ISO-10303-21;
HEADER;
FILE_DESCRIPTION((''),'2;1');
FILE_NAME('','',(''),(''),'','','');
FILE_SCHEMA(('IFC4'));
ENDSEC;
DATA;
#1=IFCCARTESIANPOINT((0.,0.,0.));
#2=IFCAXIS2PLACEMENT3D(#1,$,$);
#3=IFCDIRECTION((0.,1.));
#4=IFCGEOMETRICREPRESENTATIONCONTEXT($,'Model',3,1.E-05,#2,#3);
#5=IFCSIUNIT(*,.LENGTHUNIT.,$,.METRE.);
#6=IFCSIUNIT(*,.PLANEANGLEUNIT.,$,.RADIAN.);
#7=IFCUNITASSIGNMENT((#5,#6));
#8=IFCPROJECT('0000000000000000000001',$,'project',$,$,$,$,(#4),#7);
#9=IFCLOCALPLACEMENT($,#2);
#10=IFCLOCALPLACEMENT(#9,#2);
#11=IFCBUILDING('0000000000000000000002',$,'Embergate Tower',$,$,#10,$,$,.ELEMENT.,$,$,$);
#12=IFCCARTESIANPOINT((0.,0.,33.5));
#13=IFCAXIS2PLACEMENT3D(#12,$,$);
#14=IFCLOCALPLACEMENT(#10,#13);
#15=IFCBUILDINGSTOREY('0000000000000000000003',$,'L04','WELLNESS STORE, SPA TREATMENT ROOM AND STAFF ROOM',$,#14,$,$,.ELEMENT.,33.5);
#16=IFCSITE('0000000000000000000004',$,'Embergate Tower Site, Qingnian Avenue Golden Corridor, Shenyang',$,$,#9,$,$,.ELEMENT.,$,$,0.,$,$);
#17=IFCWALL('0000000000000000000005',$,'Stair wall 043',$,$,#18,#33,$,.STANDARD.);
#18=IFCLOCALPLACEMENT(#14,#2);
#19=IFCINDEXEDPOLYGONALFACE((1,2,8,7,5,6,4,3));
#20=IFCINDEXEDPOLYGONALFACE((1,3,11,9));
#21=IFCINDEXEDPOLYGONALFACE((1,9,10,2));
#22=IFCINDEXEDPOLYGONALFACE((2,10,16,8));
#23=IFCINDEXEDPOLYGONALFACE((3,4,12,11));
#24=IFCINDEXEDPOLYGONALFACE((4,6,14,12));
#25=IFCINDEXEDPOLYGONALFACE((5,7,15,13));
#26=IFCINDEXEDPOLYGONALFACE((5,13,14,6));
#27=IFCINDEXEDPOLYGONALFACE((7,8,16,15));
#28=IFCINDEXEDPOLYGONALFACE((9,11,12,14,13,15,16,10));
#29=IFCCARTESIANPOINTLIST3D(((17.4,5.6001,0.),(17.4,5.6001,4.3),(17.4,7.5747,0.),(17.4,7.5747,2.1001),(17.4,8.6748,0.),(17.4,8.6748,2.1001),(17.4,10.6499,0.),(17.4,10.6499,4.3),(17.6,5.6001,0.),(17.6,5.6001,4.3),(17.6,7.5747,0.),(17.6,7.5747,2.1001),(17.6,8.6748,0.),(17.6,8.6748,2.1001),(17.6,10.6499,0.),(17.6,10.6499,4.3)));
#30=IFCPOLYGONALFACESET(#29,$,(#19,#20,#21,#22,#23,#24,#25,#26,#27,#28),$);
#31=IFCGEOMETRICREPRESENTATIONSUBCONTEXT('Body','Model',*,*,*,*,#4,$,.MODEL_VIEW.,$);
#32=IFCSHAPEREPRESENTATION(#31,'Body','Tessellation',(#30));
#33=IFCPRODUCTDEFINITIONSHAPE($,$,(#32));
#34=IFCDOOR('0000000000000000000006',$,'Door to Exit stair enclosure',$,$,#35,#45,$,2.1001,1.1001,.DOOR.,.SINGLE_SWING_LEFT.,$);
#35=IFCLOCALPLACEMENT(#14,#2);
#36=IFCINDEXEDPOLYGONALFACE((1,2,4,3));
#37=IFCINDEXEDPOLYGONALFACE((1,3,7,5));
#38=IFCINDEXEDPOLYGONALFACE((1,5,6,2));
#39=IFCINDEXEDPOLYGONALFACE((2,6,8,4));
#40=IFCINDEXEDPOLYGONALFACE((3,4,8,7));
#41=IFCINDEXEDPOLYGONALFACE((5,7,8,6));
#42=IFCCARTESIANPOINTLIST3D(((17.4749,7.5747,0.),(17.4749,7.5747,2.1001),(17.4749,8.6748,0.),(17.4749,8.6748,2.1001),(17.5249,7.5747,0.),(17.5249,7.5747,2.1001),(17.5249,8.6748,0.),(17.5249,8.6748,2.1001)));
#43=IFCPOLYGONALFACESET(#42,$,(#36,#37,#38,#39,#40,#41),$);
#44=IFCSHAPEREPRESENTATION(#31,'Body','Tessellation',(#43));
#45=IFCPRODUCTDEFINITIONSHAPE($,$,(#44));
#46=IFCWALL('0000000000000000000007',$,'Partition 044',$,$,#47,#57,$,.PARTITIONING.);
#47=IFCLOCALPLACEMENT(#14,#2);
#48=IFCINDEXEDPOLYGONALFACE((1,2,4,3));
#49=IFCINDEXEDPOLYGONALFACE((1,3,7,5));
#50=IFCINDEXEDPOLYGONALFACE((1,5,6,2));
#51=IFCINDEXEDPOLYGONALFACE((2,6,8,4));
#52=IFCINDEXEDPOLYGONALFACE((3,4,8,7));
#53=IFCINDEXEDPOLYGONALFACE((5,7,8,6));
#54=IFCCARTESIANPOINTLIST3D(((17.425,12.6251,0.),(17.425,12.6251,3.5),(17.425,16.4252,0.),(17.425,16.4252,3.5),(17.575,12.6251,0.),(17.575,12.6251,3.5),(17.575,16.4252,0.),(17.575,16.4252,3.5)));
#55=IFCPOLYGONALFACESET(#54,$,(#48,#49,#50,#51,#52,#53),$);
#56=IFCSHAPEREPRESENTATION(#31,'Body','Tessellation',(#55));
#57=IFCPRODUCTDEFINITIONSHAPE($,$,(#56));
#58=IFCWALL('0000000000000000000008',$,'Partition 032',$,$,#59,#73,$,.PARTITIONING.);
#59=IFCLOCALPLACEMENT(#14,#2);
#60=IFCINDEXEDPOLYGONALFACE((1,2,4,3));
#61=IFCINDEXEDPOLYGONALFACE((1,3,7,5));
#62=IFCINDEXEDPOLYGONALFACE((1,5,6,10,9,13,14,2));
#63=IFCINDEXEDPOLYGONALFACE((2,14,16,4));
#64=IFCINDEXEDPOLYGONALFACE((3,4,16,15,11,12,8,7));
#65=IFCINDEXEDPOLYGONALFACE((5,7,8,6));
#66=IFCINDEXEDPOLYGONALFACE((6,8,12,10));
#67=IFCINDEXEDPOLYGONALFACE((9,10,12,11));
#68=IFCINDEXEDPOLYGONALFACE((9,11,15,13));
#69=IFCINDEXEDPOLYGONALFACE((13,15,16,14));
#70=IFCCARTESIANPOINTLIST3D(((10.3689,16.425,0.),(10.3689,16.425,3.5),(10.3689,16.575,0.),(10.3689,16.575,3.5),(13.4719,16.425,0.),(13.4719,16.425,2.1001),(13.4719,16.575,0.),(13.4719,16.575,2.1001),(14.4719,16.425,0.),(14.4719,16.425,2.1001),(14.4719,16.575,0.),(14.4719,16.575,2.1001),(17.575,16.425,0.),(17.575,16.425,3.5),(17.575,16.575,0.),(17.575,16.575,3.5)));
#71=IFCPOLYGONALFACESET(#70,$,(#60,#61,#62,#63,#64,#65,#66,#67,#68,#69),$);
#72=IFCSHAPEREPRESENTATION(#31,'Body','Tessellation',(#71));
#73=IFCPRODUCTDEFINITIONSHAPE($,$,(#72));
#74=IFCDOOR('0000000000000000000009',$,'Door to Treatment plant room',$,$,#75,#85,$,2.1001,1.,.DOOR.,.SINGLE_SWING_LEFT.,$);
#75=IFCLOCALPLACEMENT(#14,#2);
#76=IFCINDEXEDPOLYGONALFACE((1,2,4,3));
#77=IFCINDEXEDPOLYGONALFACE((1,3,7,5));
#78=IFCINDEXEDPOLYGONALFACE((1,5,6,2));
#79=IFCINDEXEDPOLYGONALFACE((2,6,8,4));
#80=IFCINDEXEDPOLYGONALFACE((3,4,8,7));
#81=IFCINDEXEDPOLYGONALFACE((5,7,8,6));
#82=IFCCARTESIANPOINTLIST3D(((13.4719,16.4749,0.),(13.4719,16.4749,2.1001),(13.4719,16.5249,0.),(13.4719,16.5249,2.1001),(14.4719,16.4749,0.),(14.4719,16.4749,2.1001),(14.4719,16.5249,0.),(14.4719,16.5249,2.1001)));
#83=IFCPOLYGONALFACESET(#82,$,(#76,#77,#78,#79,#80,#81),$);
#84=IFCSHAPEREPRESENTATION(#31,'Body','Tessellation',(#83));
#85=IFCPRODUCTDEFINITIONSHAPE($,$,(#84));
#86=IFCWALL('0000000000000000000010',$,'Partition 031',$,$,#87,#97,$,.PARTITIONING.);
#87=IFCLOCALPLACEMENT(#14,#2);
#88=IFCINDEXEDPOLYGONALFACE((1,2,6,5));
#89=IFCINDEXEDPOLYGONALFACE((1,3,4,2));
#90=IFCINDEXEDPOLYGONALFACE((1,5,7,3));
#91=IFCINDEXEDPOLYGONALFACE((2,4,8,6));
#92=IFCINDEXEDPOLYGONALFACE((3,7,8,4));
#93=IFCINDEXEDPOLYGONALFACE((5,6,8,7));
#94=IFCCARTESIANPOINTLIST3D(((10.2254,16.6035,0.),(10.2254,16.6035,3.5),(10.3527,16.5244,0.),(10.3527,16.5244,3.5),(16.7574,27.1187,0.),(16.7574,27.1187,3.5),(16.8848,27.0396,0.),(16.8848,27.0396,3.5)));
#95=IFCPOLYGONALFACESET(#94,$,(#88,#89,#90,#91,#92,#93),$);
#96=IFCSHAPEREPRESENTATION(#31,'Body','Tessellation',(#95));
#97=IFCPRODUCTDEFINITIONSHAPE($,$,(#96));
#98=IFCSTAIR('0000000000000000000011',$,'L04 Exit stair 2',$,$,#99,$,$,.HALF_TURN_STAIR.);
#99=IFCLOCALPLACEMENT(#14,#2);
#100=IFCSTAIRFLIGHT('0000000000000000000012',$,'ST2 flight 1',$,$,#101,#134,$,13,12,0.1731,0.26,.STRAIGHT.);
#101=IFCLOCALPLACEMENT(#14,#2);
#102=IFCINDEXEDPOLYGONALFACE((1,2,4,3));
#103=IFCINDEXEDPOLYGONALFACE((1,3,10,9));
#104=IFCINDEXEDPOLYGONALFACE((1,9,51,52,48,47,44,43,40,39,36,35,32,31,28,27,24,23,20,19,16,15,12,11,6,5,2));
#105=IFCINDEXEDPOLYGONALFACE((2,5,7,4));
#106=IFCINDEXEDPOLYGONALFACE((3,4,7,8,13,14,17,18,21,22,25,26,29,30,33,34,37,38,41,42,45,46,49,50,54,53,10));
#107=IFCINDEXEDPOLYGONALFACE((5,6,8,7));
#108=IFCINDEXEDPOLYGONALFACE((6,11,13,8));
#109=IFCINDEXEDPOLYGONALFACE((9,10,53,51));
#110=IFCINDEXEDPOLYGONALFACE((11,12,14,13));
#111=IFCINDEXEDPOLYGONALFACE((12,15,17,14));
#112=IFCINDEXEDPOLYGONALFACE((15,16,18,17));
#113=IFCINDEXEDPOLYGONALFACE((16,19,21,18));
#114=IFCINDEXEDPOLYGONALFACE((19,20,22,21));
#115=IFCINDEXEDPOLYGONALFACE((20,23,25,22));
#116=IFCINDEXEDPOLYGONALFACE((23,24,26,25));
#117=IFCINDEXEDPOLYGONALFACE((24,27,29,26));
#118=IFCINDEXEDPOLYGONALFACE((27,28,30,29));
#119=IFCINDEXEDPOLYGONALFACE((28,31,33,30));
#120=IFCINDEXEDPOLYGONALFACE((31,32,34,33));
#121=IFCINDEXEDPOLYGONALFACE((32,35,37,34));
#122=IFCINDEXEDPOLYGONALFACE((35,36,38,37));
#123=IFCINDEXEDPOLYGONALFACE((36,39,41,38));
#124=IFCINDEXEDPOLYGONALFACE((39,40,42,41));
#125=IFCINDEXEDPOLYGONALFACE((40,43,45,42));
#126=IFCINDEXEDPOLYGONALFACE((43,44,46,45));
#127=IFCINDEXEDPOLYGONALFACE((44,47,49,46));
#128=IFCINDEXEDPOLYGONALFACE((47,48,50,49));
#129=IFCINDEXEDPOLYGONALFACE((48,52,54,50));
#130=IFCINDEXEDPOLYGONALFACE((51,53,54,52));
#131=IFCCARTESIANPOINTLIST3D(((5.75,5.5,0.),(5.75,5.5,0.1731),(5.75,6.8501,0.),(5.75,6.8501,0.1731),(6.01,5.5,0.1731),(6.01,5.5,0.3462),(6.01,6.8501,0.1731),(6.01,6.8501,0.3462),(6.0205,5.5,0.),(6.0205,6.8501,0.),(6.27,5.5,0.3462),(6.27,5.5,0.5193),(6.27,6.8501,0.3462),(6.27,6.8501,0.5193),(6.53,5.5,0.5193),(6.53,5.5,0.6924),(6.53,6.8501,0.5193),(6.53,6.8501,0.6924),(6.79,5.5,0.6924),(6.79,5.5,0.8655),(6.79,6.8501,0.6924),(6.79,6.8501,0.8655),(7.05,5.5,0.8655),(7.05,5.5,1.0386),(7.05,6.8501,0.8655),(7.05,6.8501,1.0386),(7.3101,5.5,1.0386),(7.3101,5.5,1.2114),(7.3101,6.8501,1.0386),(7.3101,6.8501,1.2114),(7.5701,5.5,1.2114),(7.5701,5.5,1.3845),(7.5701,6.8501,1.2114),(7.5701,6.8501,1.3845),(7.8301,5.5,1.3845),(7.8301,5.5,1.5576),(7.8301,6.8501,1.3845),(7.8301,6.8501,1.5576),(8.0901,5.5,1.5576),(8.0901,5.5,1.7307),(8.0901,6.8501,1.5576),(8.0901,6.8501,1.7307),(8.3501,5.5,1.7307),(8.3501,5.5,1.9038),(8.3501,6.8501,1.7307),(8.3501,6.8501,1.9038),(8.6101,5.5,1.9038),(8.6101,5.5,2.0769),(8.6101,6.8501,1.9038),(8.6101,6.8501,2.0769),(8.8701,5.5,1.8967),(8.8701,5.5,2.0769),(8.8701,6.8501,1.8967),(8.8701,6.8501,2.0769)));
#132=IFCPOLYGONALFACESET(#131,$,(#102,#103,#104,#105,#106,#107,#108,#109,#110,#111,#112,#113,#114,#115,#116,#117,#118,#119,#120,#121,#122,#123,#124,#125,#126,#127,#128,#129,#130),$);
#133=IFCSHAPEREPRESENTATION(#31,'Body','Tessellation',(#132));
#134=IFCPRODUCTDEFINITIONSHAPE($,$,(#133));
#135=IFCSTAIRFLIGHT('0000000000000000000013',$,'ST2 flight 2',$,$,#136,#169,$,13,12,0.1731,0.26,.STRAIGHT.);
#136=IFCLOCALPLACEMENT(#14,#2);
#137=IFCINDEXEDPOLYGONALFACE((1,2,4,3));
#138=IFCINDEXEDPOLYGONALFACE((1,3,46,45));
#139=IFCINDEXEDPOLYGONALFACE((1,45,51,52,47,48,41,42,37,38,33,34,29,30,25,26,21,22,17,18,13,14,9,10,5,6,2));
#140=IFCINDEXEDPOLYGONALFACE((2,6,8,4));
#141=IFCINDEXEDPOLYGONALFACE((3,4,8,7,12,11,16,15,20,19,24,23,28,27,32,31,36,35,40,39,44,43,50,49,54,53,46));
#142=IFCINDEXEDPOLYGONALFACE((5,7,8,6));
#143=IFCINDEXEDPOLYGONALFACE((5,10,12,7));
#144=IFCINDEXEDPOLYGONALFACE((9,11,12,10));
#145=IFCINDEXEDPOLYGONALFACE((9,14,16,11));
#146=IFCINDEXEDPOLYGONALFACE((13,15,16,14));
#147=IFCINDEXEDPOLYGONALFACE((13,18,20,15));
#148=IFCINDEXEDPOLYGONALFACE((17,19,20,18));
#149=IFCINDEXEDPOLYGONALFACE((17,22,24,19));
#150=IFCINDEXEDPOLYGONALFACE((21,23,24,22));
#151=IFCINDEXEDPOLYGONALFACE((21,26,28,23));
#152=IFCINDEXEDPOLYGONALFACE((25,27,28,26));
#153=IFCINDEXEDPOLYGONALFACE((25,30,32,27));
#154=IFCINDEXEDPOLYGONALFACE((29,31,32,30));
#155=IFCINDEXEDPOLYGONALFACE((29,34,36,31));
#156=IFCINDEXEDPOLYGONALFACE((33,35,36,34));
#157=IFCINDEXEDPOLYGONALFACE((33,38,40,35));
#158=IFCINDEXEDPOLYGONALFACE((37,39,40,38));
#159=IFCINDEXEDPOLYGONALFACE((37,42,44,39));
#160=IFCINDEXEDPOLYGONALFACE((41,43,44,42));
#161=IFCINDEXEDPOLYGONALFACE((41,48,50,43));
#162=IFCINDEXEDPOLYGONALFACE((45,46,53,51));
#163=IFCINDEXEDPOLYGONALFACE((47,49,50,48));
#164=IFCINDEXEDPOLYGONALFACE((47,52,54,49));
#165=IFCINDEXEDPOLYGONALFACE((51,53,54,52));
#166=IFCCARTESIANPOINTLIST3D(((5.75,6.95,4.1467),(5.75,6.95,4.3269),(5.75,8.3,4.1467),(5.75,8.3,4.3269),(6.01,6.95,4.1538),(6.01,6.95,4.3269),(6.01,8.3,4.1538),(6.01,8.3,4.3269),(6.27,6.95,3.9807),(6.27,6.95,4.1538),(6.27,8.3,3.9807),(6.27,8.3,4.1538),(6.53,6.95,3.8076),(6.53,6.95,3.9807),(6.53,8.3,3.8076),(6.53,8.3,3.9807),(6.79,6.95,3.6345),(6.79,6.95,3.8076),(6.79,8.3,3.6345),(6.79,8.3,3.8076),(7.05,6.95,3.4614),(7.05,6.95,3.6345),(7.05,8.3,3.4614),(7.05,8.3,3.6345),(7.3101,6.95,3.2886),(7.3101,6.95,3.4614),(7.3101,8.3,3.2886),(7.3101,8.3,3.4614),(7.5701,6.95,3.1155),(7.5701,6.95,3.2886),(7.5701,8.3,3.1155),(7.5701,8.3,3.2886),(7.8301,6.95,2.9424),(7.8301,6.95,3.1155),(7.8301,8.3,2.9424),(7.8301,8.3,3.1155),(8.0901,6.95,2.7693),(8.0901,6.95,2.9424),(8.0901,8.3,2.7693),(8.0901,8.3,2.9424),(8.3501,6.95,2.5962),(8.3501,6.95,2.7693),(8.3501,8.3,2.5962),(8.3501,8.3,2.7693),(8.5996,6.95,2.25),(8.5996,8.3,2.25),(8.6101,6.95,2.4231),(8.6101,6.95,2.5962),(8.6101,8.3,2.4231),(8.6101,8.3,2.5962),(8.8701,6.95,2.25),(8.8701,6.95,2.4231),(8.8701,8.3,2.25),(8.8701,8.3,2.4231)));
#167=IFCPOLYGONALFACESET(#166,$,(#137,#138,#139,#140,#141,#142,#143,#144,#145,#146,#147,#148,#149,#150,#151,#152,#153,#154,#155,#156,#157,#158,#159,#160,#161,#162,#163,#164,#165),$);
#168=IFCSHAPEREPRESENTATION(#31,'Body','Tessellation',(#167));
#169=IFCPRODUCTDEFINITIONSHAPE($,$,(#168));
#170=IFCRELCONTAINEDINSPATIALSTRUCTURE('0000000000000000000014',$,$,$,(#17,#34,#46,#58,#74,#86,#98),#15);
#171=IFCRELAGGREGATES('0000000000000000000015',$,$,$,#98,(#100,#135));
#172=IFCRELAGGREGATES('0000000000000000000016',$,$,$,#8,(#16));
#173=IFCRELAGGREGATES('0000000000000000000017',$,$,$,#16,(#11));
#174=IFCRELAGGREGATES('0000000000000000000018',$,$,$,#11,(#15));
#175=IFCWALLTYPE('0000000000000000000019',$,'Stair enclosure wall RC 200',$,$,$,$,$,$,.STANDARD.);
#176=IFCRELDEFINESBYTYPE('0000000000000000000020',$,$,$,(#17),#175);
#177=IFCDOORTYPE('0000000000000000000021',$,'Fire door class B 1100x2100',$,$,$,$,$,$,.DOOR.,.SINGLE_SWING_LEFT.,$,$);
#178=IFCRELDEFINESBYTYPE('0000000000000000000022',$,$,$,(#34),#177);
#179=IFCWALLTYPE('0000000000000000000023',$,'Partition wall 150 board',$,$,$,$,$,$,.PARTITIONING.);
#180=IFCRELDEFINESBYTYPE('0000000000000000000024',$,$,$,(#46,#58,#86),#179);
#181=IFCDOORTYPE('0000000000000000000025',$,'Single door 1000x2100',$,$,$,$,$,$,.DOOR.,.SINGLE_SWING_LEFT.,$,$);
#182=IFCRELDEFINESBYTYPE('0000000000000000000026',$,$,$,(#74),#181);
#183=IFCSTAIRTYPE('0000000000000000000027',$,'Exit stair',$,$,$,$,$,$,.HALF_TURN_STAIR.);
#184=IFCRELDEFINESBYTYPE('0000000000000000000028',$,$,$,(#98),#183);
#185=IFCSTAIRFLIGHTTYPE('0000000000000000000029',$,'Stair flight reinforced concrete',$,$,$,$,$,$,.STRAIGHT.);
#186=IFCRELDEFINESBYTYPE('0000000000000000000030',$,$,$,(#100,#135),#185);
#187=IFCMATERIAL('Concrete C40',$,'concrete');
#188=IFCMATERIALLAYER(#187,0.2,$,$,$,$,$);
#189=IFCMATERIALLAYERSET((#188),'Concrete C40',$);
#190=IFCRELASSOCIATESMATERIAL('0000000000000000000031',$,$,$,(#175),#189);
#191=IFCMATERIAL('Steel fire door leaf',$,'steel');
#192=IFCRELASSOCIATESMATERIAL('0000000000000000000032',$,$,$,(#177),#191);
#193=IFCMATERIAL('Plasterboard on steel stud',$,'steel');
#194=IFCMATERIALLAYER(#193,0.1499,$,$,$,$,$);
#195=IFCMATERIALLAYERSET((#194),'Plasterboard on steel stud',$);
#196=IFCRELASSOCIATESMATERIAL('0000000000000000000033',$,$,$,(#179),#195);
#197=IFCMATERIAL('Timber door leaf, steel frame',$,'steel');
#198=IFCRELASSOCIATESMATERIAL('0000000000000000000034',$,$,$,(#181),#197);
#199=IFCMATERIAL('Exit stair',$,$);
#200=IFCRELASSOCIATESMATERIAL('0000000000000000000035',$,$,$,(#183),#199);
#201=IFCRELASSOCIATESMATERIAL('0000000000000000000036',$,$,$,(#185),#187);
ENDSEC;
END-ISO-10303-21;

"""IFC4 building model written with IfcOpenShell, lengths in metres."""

from ifc_helpers import new_model, si_unit, direction, frame, frame_2d, origin, place, context, subcontext, project, spatial, polyline, rectangle, outline, extrude, source, transform, mapped, material, layer, layer_set, type_object, element, fill, aggregate, save


model = new_model("IFC4")

# Units and contexts
model_context = context("Model", 3, precision=1e-05, world=origin(), true_north=direction((0.0, 1.0)))
body_context = subcontext(model_context, "Body", "Model", "MODEL_VIEW")
ifc_project = project(units=[si_unit("LENGTHUNIT", "METRE"), si_unit("PLANEANGLEUNIT", "RADIAN")], contexts=[model_context])

# Site, building, storey
site_placement = place(None, origin())
site = spatial("IfcSite", under=ifc_project, at=site_placement, Name="Embergate Tower Site, Qingnian Avenue Golden Corridor, Shenyang", CompositionType="ELEMENT", RefElevation=0.0)
building_placement = place(site_placement, origin())
building = spatial("IfcBuilding", under=site, at=building_placement, Name="Embergate Tower", CompositionType="ELEMENT")
storey_placement = place(building_placement, frame((0.0, 0.0, 33.5)))
storey = spatial("IfcBuildingStorey", under=building, at=storey_placement, Name="L04", Description="WELLNESS STORE, SPA TREATMENT ROOM AND STAFF ROOM", CompositionType="ELEMENT", Elevation=33.5)

# Wall, opening, door
ifc_material_1 = material(Name="Concrete C40", Category="concrete")
ifc_layer_1 = layer(ifc_material_1, 0.2)
ifc_layer_set_1 = layer_set([ifc_layer_1], Name="Concrete C40")
wall_type_1 = type_object("IfcWallType", Name="Stair enclosure wall RC 200", PredefinedType="STANDARD", material=ifc_layer_set_1)
shared_shape_1 = source(origin(), body_context, "Body", "SweptSolid", [
    extrude(rectangle(XDim=5.0498, YDim=0.2, at=frame_2d((2.5249, 0.0))), origin(), (0.0, 0.0, 1.0), 4.3),
])
wall_1_placement = place(storey_placement, frame((17.5, 10.6499, 0.0), z_axis=(0.0, 0.0, 1.0), x_axis=(0.0, -1.0, 0.0)))
wall_1 = element("IfcWall", 1, at=wall_1_placement, inside=storey, type_object=wall_type_1, Name="Stair wall 043", PredefinedType="STANDARD", context=body_context, shape_type="MappedRepresentation", body=[
    mapped(shared_shape_1, transform((0.0, 0.0, 0.0))),
])
shared_shape_2 = source(origin(), body_context, "Body", "SweptSolid", [
    extrude(rectangle(XDim=1.1001, YDim=2.1001, at=frame_2d((0.55, 1.05))), frame((0.0, 0.1099, 0.0), z_axis=(0.0, -1.0, 0.0), x_axis=(1.0, 0.0, 0.0)), (0.0, 0.0, 1.0), 0.22),
])
opening_1_placement = place(wall_1_placement, frame((1.9751, 0.0, 0.0)))
opening_1 = element("IfcOpeningElement", 2, at=opening_1_placement, cuts=wall_1, PredefinedType="OPENING", context=body_context, shape_type="MappedRepresentation", body=[
    mapped(shared_shape_2, transform((0.0, 0.0, 0.0))),
])
ifc_material_2 = material(Name="Steel fire door leaf", Category="steel")
door_type_1 = type_object("IfcDoorType", Name="Fire door class B 1100x2100", OperationType="SINGLE_SWING_LEFT", PredefinedType="DOOR", material=ifc_material_2)
shared_shape_3 = source(origin(), body_context, "Body", "SweptSolid", [
    extrude(rectangle(XDim=1.1001, YDim=2.1001, at=frame_2d((0.55, 1.05))), frame((0.0, 0.0249, 0.0), z_axis=(0.0, -1.0, 0.0), x_axis=(1.0, 0.0, 0.0)), (0.0, 0.0, 1.0), 0.05),
])
door_1_placement = place(opening_1_placement, origin())
door_1 = element("IfcDoor", 3, at=door_1_placement, inside=storey, type_object=door_type_1, Name="Door to Exit stair enclosure", OperationType="SINGLE_SWING_LEFT", OverallHeight=2.1001, OverallWidth=1.1001, PredefinedType="DOOR", context=body_context, shape_type="MappedRepresentation", body=[
    mapped(shared_shape_3, transform((0.0, 0.0, 0.0))),
])
fill(opening_1, door_1)

# Wall
ifc_material_3 = material(Name="Plasterboard on steel stud", Category="steel")
ifc_layer_2 = layer(ifc_material_3, 0.1499)
ifc_layer_set_2 = layer_set([ifc_layer_2], Name="Plasterboard on steel stud")
wall_type_2 = type_object("IfcWallType", Name="Partition wall 150 board", PredefinedType="PARTITIONING", material=ifc_layer_set_2)
shared_shape_4 = source(origin(), body_context, "Body", "SweptSolid", [
    extrude(rectangle(XDim=3.8, YDim=0.1499, at=frame_2d((1.8999, 0.0))), origin(), (0.0, 0.0, 1.0), 3.5),
])
wall_2_placement = place(storey_placement, frame((17.5, 16.425, 0.0), z_axis=(0.0, 0.0, 1.0), x_axis=(0.0, -1.0, 0.0)))
element("IfcWall", 4, at=wall_2_placement, inside=storey, type_object=wall_type_2, Name="Partition 044", PredefinedType="PARTITIONING", context=body_context, shape_type="MappedRepresentation", body=[
    mapped(shared_shape_4, transform((0.0, 0.0, 0.0))),
])

# Wall, opening, door
shared_shape_5 = source(origin(), body_context, "Body", "SweptSolid", [
    extrude(rectangle(XDim=7.2061, YDim=0.1499, at=frame_2d((3.603, 0.0))), origin(), (0.0, 0.0, 1.0), 3.5),
])
wall_3_placement = place(storey_placement, frame((10.3689, 16.5, 0.0), z_axis=(0.0, 0.0, 1.0), x_axis=(1.0, 0.0, 0.0)))
wall_3 = element("IfcWall", 5, at=wall_3_placement, inside=storey, type_object=wall_type_2, Name="Partition 032", PredefinedType="PARTITIONING", context=body_context, shape_type="MappedRepresentation", body=[
    mapped(shared_shape_5, transform((0.0, 0.0, 0.0))),
])
shared_shape_6 = source(origin(), body_context, "Body", "SweptSolid", [
    extrude(rectangle(XDim=1.0, YDim=2.1001, at=frame_2d((0.5, 1.05))), frame((0.0, 0.085, 0.0), z_axis=(0.0, -1.0, 0.0), x_axis=(1.0, 0.0, 0.0)), (0.0, 0.0, 1.0), 0.1699),
])
opening_2_placement = place(wall_3_placement, frame((3.103, 0.0, 0.0)))
opening_2 = element("IfcOpeningElement", 6, at=opening_2_placement, cuts=wall_3, PredefinedType="OPENING", context=body_context, shape_type="MappedRepresentation", body=[
    mapped(shared_shape_6, transform((0.0, 0.0, 0.0))),
])
ifc_material_4 = material(Name="Timber door leaf, steel frame", Category="steel")
door_type_2 = type_object("IfcDoorType", Name="Single door 1000x2100", OperationType="SINGLE_SWING_LEFT", PredefinedType="DOOR", material=ifc_material_4)
shared_shape_7 = source(origin(), body_context, "Body", "SweptSolid", [
    extrude(rectangle(XDim=1.0, YDim=2.1001, at=frame_2d((0.5, 1.05))), frame((0.0, 0.0249, 0.0), z_axis=(0.0, -1.0, 0.0), x_axis=(1.0, 0.0, 0.0)), (0.0, 0.0, 1.0), 0.05),
])
door_2_placement = place(opening_2_placement, origin())
door_2 = element("IfcDoor", 7, at=door_2_placement, inside=storey, type_object=door_type_2, Name="Door to Treatment plant room", OperationType="SINGLE_SWING_LEFT", OverallHeight=2.1001, OverallWidth=1.0, PredefinedType="DOOR", context=body_context, shape_type="MappedRepresentation", body=[
    mapped(shared_shape_7, transform((0.0, 0.0, 0.0))),
])
fill(opening_2, door_2)

# Wall
shared_shape_8 = source(origin(), body_context, "Body", "SweptSolid", [
    extrude(rectangle(XDim=12.3789, YDim=0.1499, at=frame_2d((6.1895, 0.0))), origin(), (0.0, 0.0, 1.0), 3.5),
])
wall_4_placement = place(storey_placement, frame((10.2891, 16.564, 0.0), z_axis=(0.0, 0.0, 1.0), x_axis=(0.527675, 0.849447, 0.0)))
element("IfcWall", 8, at=wall_4_placement, inside=storey, type_object=wall_type_2, Name="Partition 031", PredefinedType="PARTITIONING", context=body_context, shape_type="MappedRepresentation", body=[
    mapped(shared_shape_8, transform((0.0, 0.0, 0.0))),
])

# Stair, stair flights
ifc_material_5 = material(Name="Exit stair")
stair_type = type_object("IfcStairType", Name="Exit stair", PredefinedType="HALF_TURN_STAIR", material=ifc_material_5)
stair_placement = place(storey_placement, origin())
stair = element("IfcStair", 9, at=stair_placement, inside=storey, type_object=stair_type, Name="L04 Exit stair 2", PredefinedType="HALF_TURN_STAIR")
stair_flight_type = type_object("IfcStairFlightType", Name="Stair flight reinforced concrete", PredefinedType="STRAIGHT", material=ifc_material_1)
shared_shape_9 = source(origin(), body_context, "Body", "SweptSolid", [
    extrude(outline(polyline([(0.0, 0.0), (0.0, 0.1731), (0.26, 0.1731), (0.26, 0.3462), (0.52, 0.3462), (0.52, 0.5193), (0.78, 0.5193), (0.78, 0.6924), (1.04, 0.6924), (1.04, 0.8655), (1.3, 0.8655), (1.3, 1.0386), (1.5601, 1.0386), (1.5601, 1.2114), (1.8201, 1.2114), (1.8201, 1.3845), (2.0801, 1.3845), (2.0801, 1.5576), (2.3401, 1.5576), (2.3401, 1.7307), (2.6001, 1.7307), (2.6001, 1.9038), (2.8601, 1.9038), (2.8601, 2.0769), (3.1201, 2.0769), (3.1201, 2.25), (3.1201, 1.8967), (0.2705, 0.0), (0.0, 0.0)])), frame((0.0, 0.675, 0.0), z_axis=(0.0, -1.0, 0.0), x_axis=(1.0, 0.0, 0.0)), (0.0, 0.0, 1.0), 1.3501),
])
stair_flight_1_placement = place(storey_placement, frame((5.75, 6.175, 0.0), z_axis=(0.0, 0.0, 1.0), x_axis=(1.0, 0.0, 0.0)))
stair_flight_1 = element("IfcStairFlight", 10, at=stair_flight_1_placement, type_object=stair_flight_type, Name="ST2 flight 1", NumberOfRisers=13, NumberOfTreads=12, PredefinedType="STRAIGHT", RiserHeight=0.1731, TreadLength=0.26, context=body_context, shape_type="MappedRepresentation", body=[
    mapped(shared_shape_9, transform((0.0, 0.0, 0.0))),
])
stair_flight_2_placement = place(storey_placement, frame((8.8701, 7.625, 2.25), z_axis=(0.0, 0.0, 1.0), x_axis=(-1.0, 0.0, 0.0)))
stair_flight_2 = element("IfcStairFlight", 11, at=stair_flight_2_placement, type_object=stair_flight_type, Name="ST2 flight 2", NumberOfRisers=13, NumberOfTreads=12, PredefinedType="STRAIGHT", RiserHeight=0.1731, TreadLength=0.26, context=body_context, shape_type="MappedRepresentation", body=[
    mapped(shared_shape_9, transform((0.0, 0.0, 0.0))),
])
aggregate(stair, [stair_flight_1, stair_flight_2])

save(model, "model.ifc")
